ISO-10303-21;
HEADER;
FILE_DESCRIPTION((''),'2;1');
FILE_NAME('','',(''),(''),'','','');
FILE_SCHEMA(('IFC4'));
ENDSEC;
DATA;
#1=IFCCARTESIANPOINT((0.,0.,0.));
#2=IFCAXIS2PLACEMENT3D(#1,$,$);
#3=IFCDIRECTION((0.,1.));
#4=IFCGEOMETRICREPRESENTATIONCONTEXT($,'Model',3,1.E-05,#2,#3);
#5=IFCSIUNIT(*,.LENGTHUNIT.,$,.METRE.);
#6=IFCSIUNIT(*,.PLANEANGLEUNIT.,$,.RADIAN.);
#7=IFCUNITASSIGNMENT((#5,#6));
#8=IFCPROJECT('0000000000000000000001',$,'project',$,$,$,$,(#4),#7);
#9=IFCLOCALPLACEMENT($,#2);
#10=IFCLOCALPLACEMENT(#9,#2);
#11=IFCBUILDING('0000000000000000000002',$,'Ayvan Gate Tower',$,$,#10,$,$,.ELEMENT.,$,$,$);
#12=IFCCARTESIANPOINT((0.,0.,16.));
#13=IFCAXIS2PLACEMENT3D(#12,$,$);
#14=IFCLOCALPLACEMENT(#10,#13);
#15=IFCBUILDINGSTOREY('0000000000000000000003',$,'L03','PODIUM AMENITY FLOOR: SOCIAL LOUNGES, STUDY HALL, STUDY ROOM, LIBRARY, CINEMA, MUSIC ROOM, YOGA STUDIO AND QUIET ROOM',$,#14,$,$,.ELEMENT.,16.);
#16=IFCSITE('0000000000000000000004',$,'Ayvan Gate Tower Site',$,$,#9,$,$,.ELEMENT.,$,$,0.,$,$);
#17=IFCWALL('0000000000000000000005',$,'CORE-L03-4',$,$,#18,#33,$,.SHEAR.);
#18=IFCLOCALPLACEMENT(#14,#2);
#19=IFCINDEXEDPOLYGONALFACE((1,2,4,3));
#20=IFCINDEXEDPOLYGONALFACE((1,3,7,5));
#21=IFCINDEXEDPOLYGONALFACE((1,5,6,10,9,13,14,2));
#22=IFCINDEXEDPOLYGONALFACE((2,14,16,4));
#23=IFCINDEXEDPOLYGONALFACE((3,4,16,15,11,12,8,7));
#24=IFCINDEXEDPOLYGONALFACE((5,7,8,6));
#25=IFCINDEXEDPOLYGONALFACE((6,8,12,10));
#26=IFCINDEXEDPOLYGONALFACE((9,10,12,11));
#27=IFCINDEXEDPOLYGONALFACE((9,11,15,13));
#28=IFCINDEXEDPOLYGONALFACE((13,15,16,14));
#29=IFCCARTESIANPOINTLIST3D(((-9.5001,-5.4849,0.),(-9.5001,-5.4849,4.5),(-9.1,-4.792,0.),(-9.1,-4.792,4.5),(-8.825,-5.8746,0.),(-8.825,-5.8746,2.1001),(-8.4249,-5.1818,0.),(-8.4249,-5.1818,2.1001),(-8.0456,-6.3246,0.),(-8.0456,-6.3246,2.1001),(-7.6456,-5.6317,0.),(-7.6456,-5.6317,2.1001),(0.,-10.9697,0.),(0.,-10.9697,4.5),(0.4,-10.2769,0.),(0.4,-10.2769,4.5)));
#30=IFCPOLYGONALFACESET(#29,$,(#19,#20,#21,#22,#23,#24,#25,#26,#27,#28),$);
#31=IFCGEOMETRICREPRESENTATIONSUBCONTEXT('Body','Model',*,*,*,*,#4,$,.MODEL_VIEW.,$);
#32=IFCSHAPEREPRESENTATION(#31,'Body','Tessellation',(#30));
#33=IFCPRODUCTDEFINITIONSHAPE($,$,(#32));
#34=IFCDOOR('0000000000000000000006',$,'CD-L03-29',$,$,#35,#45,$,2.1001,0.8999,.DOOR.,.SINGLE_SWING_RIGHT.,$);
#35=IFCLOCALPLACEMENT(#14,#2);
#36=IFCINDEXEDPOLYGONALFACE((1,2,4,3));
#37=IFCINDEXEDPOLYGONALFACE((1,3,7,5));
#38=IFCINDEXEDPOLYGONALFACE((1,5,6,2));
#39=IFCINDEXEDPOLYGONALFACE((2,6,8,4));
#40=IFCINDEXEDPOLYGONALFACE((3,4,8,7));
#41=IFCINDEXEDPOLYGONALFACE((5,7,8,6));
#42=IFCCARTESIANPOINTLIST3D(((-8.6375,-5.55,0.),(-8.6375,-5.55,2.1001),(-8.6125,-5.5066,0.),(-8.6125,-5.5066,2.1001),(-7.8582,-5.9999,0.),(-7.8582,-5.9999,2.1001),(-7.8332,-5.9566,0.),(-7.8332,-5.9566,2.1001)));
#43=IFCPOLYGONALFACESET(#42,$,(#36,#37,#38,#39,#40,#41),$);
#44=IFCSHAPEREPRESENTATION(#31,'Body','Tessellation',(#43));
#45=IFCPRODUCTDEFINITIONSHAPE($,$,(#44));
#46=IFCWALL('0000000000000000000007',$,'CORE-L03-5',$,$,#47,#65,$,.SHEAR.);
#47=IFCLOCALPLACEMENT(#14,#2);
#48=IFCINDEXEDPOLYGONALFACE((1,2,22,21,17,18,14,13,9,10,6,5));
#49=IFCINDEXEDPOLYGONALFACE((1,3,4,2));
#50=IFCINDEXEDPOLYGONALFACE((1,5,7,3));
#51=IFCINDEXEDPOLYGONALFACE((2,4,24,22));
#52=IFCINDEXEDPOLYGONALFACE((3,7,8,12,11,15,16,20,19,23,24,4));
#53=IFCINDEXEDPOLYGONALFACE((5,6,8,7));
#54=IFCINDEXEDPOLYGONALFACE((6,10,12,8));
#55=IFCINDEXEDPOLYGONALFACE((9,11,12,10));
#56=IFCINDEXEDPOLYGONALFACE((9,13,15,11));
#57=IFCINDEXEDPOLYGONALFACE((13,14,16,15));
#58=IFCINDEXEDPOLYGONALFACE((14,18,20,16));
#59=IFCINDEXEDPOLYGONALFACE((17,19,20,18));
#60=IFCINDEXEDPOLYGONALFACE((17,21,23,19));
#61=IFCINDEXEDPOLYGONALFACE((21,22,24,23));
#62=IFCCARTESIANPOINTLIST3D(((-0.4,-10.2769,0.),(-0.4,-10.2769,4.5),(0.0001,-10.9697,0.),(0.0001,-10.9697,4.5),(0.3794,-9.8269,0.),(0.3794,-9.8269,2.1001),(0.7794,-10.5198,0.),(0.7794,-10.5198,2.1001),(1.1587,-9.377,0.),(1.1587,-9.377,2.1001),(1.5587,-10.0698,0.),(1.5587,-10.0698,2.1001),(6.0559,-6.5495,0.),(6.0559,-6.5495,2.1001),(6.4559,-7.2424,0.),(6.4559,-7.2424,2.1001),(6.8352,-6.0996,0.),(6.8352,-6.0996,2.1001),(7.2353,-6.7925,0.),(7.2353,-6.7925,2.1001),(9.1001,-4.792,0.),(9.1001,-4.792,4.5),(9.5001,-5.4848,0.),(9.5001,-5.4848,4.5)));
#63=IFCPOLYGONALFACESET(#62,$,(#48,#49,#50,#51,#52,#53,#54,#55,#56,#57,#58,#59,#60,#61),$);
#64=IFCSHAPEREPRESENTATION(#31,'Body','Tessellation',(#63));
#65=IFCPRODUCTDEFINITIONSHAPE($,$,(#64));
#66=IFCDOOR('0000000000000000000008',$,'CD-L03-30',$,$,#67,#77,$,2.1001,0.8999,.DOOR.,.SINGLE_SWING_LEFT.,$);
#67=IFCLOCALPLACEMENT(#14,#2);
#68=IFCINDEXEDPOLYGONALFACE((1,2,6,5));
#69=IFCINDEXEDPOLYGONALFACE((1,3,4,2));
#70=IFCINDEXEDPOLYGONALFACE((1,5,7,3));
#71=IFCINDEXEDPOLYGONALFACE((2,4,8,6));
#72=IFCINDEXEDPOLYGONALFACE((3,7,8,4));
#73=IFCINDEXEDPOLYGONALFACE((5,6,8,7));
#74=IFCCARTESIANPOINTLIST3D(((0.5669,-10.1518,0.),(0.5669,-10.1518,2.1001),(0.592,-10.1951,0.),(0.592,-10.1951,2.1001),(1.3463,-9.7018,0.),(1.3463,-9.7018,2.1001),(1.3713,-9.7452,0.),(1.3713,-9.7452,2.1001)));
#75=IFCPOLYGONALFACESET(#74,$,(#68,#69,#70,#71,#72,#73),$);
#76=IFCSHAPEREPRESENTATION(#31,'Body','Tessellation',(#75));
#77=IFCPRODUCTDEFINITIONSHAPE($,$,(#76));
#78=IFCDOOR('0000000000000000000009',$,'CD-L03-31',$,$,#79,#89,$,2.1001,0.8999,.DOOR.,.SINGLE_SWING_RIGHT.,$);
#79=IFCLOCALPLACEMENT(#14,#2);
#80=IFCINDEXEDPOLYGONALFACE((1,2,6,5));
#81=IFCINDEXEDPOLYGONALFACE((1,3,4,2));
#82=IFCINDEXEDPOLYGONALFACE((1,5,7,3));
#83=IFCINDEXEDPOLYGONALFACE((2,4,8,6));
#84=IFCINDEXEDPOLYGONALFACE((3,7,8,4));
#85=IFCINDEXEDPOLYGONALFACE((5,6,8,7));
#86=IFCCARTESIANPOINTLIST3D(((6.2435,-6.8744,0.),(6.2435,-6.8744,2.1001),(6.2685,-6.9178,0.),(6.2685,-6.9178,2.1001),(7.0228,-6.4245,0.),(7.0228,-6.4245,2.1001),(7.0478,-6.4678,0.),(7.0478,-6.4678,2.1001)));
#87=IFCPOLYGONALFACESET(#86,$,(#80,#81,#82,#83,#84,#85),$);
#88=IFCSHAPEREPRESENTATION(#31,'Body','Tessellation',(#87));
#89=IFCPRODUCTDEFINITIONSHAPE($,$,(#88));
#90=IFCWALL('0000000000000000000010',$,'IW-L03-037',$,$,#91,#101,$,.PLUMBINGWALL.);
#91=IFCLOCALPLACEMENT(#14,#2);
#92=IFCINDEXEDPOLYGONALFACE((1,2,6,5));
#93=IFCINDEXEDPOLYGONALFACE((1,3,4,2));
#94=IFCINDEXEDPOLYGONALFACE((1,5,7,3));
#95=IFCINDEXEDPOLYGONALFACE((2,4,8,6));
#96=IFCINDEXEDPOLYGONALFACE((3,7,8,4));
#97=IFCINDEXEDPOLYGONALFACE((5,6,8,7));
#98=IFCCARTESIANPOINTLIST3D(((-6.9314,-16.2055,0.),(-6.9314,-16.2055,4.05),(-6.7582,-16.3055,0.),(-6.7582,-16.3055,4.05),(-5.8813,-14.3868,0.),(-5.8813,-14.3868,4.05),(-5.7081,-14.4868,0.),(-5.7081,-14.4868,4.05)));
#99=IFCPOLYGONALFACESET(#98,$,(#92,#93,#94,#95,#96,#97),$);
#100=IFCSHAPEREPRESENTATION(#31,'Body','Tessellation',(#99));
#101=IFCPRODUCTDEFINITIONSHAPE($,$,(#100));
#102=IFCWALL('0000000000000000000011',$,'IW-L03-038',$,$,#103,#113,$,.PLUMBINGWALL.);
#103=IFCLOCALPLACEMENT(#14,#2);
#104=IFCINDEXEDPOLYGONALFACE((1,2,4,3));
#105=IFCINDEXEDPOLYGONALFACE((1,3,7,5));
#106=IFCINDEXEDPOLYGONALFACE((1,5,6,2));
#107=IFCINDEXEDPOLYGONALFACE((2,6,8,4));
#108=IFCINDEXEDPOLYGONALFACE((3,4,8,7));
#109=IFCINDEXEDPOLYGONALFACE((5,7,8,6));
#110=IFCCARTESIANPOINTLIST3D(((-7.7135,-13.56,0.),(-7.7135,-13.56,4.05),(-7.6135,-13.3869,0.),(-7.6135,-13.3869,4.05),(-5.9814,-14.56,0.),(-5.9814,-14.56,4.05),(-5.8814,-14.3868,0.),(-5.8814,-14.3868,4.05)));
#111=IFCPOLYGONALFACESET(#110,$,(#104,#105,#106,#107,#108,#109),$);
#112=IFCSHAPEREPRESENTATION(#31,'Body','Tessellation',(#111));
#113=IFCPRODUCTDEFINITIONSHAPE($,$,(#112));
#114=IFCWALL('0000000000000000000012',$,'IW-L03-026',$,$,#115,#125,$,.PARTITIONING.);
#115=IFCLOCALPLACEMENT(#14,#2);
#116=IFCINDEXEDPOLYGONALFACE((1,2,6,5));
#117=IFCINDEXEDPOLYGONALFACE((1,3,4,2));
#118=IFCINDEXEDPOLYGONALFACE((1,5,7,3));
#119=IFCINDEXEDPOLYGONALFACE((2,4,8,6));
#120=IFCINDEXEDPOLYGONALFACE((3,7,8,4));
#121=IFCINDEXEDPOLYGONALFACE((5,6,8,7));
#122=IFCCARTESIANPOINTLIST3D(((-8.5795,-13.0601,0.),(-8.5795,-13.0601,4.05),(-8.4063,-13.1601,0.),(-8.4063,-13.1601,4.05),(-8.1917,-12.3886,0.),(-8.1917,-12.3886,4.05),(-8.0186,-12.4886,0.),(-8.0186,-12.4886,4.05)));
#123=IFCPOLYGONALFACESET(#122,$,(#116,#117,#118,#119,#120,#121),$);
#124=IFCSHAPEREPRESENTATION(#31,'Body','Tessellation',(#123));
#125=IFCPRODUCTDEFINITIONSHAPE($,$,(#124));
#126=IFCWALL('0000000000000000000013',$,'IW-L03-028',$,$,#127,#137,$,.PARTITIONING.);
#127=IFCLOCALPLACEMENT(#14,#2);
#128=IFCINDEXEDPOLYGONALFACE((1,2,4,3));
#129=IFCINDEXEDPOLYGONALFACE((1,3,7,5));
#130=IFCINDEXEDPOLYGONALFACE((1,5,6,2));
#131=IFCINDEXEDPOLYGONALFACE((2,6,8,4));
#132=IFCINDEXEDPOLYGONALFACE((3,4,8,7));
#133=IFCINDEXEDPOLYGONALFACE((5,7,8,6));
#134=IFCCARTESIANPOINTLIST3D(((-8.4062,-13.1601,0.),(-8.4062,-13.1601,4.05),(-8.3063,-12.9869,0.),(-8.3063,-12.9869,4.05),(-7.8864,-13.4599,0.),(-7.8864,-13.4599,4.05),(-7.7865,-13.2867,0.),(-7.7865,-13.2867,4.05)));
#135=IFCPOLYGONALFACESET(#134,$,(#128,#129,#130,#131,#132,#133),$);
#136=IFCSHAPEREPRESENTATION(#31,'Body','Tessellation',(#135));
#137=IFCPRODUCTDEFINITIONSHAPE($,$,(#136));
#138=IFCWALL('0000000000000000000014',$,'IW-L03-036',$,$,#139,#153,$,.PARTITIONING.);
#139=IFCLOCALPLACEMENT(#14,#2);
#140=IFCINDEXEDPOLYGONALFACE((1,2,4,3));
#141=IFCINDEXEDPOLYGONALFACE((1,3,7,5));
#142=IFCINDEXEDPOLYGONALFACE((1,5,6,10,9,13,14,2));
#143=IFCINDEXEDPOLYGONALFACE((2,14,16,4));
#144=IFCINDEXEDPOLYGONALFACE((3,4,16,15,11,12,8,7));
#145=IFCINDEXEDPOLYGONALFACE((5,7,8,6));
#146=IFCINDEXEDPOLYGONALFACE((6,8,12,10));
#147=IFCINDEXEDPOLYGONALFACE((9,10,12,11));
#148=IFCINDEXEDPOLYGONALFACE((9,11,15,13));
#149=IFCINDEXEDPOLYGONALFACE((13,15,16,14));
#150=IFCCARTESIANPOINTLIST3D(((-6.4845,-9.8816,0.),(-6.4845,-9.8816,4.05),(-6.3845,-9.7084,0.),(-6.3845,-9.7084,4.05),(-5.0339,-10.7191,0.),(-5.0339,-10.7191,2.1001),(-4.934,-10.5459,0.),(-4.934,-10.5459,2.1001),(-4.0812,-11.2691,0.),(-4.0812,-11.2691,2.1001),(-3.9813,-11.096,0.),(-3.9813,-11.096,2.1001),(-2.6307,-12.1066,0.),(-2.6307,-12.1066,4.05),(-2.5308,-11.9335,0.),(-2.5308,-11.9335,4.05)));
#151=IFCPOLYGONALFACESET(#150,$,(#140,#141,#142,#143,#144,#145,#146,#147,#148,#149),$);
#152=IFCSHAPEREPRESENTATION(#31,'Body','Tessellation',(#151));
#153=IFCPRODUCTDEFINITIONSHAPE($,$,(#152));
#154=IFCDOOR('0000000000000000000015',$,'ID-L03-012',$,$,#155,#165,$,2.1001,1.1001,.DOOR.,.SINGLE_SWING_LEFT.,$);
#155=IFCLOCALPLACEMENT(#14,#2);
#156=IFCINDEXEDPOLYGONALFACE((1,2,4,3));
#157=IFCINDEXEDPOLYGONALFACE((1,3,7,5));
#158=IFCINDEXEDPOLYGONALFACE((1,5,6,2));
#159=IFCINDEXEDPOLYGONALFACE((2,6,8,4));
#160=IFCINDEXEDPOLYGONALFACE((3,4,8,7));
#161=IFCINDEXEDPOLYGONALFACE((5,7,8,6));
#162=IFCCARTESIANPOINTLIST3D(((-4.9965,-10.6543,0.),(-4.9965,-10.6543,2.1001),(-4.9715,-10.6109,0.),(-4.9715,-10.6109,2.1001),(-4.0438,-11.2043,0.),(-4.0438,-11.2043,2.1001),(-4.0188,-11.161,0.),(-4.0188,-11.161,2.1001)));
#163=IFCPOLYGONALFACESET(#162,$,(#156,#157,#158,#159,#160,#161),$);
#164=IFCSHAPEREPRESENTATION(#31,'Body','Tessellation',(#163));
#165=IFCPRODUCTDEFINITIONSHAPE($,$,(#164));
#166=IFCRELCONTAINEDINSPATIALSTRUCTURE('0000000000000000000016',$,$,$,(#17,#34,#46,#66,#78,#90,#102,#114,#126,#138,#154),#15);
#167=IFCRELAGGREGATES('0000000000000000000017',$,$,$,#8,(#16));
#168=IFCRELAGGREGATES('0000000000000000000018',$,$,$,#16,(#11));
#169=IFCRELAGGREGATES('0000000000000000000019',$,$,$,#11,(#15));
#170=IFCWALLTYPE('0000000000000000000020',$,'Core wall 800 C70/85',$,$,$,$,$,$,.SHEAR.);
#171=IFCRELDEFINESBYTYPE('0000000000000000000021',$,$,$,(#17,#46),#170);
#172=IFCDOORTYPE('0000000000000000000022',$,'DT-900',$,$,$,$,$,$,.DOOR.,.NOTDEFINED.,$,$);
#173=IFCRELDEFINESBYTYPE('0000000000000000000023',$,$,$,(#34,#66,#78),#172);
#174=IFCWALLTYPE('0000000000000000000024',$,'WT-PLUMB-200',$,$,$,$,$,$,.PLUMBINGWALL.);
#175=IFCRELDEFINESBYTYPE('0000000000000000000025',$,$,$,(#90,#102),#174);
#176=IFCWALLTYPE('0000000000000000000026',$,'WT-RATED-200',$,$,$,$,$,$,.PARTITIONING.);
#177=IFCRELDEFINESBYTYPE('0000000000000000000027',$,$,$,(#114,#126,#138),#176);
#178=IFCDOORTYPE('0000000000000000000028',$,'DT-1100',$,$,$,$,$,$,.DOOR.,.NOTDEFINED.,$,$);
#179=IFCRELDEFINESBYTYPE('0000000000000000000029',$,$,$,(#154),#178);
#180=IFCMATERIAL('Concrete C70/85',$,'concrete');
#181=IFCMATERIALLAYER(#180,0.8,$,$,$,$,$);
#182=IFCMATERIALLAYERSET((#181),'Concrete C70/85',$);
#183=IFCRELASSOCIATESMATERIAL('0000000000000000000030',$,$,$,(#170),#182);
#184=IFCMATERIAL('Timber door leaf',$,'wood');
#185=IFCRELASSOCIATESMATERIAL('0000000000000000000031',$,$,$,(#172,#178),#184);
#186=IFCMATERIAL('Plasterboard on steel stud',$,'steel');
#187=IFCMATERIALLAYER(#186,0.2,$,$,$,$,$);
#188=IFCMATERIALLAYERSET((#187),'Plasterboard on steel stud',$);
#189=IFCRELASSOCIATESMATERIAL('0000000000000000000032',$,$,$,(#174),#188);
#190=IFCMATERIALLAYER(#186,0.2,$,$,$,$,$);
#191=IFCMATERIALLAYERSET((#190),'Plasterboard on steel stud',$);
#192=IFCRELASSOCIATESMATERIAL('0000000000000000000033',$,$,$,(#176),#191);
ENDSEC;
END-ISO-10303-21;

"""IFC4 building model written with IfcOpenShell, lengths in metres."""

from ifc_helpers import new_model, si_unit, direction, frame, frame_2d, origin, place, context, subcontext, project, spatial, rectangle, extrude, material, layer, layer_set, type_object, element, fill, save


model = new_model("IFC4")

# Units and contexts
model_context = context("Model", 3, precision=1e-05, world=origin(), true_north=direction((0.0, 1.0)))
body_context = subcontext(model_context, "Body", "Model", "MODEL_VIEW")
ifc_project = project(units=[si_unit("LENGTHUNIT", "METRE"), si_unit("PLANEANGLEUNIT", "RADIAN")], contexts=[model_context])

# Site, building, storey
site_placement = place(None, origin())
site = spatial("IfcSite", under=ifc_project, at=site_placement, Name="Ayvan Gate Tower Site", CompositionType="ELEMENT", RefElevation=0.0)
building_placement = place(site_placement, origin())
building = spatial("IfcBuilding", under=site, at=building_placement, Name="Ayvan Gate Tower", CompositionType="ELEMENT")
storey_placement = place(building_placement, frame((0.0, 0.0, 16.0)))
storey = spatial("IfcBuildingStorey", under=building, at=storey_placement, Name="L03", Description="PODIUM AMENITY FLOOR: SOCIAL LOUNGES, STUDY HALL, STUDY ROOM, LIBRARY, CINEMA, MUSIC ROOM, YOGA STUDIO AND QUIET ROOM", CompositionType="ELEMENT", Elevation=16.0)

# Wall, opening, door
ifc_material_1 = material(Name="Concrete C70/85", Category="concrete")
ifc_layer_1 = layer(ifc_material_1, 0.8)
ifc_layer_set_1 = layer_set([ifc_layer_1], Name="Concrete C70/85")
wall_type_1 = type_object("IfcWallType", Name="Core wall 800 C70/85", PredefinedType="SHEAR", material=ifc_layer_set_1)
wall_1_placement = place(storey_placement, frame((-9.3, -5.1384, 0.0), z_axis=(0.0, 0.0, 1.0), x_axis=(0.866024, -0.500002, 0.0)))
wall_1 = element("IfcWall", 1, at=wall_1_placement, inside=storey, type_object=wall_type_1, Name="CORE-L03-4", PredefinedType="SHEAR", context=body_context, shape_type="SweptSolid", body=[
    extrude(rectangle(XDim=10.9697, YDim=0.8, at=frame_2d((5.4849, 0.0))), origin(), (0.0, 0.0, 1.0), 4.5),
])
opening_1_placement = place(wall_1_placement, frame((0.7795, 0.0, 0.0)))
opening_1 = element("IfcOpeningElement", 2, at=opening_1_placement, cuts=wall_1, PredefinedType="OPENING", context=body_context, shape_type="SweptSolid", body=[
    extrude(rectangle(XDim=0.8999, YDim=2.1001, at=frame_2d((0.45, 1.05))), frame((0.0, 0.4099, 0.0), z_axis=(0.0, -1.0, 0.0), x_axis=(1.0, 0.0, 0.0)), (0.0, 0.0, 1.0), 0.8201),
])
ifc_material_2 = material(Name="Timber door leaf", Category="wood")
door_type_1 = type_object("IfcDoorType", Name="DT-900", OperationType="NOTDEFINED", PredefinedType="DOOR", material=ifc_material_2)
door_1_placement = place(opening_1_placement, origin())
door_1 = element("IfcDoor", 3, at=door_1_placement, inside=storey, type_object=door_type_1, Name="CD-L03-29", OperationType="SINGLE_SWING_RIGHT", OverallHeight=2.1001, OverallWidth=0.8999, PredefinedType="DOOR", context=body_context, shape_type="SweptSolid", body=[
    extrude(rectangle(XDim=0.8999, YDim=2.1001, at=frame_2d((0.45, 1.05))), frame((0.0, 0.0249, 0.0), z_axis=(0.0, -1.0, 0.0), x_axis=(1.0, 0.0, 0.0)), (0.0, 0.0, 1.0), 0.05),
])
fill(opening_1, door_1)

# Wall, openings, doors
wall_2_placement = place(storey_placement, frame((-0.2, -10.6233, 0.0), z_axis=(0.0, 0.0, 1.0), x_axis=(0.866024, 0.500002, 0.0)))
wall_2 = element("IfcWall", 4, at=wall_2_placement, inside=storey, type_object=wall_type_1, Name="CORE-L03-5", PredefinedType="SHEAR", context=body_context, shape_type="SweptSolid", body=[
    extrude(rectangle(XDim=10.9697, YDim=0.8, at=frame_2d((5.4849, 0.0))), origin(), (0.0, 0.0, 1.0), 4.5),
])
opening_2_placement = place(wall_2_placement, frame((0.8999, 0.0, 0.0)))
opening_2 = element("IfcOpeningElement", 5, at=opening_2_placement, cuts=wall_2, PredefinedType="OPENING", context=body_context, shape_type="SweptSolid", body=[
    extrude(rectangle(XDim=0.8999, YDim=2.1001, at=frame_2d((0.45, 1.05))), frame((0.0, 0.4099, 0.0), z_axis=(0.0, -1.0, 0.0), x_axis=(1.0, 0.0, 0.0)), (0.0, 0.0, 1.0), 0.8201),
])
opening_3_placement = place(wall_2_placement, frame((7.4546, 0.0, 0.0)))
opening_3 = element("IfcOpeningElement", 6, at=opening_3_placement, cuts=wall_2, PredefinedType="OPENING", context=body_context, shape_type="SweptSolid", body=[
    extrude(rectangle(XDim=0.8999, YDim=2.1001, at=frame_2d((0.45, 1.05))), frame((0.0, 0.4099, 0.0), z_axis=(0.0, -1.0, 0.0), x_axis=(1.0, 0.0, 0.0)), (0.0, 0.0, 1.0), 0.8201),
])
door_2_placement = place(opening_2_placement, origin())
door_2 = element("IfcDoor", 7, at=door_2_placement, inside=storey, type_object=door_type_1, Name="CD-L03-30", OperationType="SINGLE_SWING_LEFT", OverallHeight=2.1001, OverallWidth=0.8999, PredefinedType="DOOR", context=body_context, shape_type="SweptSolid", body=[
    extrude(rectangle(XDim=0.8999, YDim=2.1001, at=frame_2d((0.45, 1.05))), frame((0.0, 0.0249, 0.0), z_axis=(0.0, -1.0, 0.0), x_axis=(1.0, 0.0, 0.0)), (0.0, 0.0, 1.0), 0.05),
])
fill(opening_2, door_2)
door_3_placement = place(opening_3_placement, origin())
door_3 = element("IfcDoor", 8, at=door_3_placement, inside=storey, type_object=door_type_1, Name="CD-L03-31", OperationType="SINGLE_SWING_RIGHT", OverallHeight=2.1001, OverallWidth=0.8999, PredefinedType="DOOR", context=body_context, shape_type="SweptSolid", body=[
    extrude(rectangle(XDim=0.8999, YDim=2.1001, at=frame_2d((0.45, 1.05))), frame((0.0, 0.0249, 0.0), z_axis=(0.0, -1.0, 0.0), x_axis=(1.0, 0.0, 0.0)), (0.0, 0.0, 1.0), 0.05),
])
fill(opening_3, door_3)

# Walls
ifc_material_3 = material(Name="Plasterboard on steel stud", Category="steel")
ifc_layer_2 = layer(ifc_material_3, 0.2)
ifc_layer_set_2 = layer_set([ifc_layer_2], Name="Plasterboard on steel stud")
wall_type_2 = type_object("IfcWallType", Name="WT-PLUMB-200", PredefinedType="PLUMBINGWALL", material=ifc_layer_set_2)
wall_3_placement = place(storey_placement, frame((-5.7947, -14.4368, 0.0), z_axis=(0.0, 0.0, 1.0), x_axis=(-0.500028, -0.866009, 0.0)))
element("IfcWall", 9, at=wall_3_placement, inside=storey, type_object=wall_type_2, Name="IW-L03-037", PredefinedType="PLUMBINGWALL", context=body_context, shape_type="SweptSolid", body=[
    extrude(rectangle(XDim=2.1001, YDim=0.2, at=frame_2d((1.05, 0.0))), origin(), (0.0, 0.0, 1.0), 4.05),
])
wall_4_placement = place(storey_placement, frame((-5.9314, -14.4734, 0.0), z_axis=(0.0, 0.0, 1.0), x_axis=(-0.866041, 0.499973, 0.0)))
element("IfcWall", 10, at=wall_4_placement, inside=storey, type_object=wall_type_2, Name="IW-L03-038", PredefinedType="PLUMBINGWALL", context=body_context, shape_type="SweptSolid", body=[
    extrude(rectangle(XDim=2.0, YDim=0.2, at=frame_2d((1.0, 0.0))), origin(), (0.0, 0.0, 1.0), 4.05),
])
ifc_layer_3 = layer(ifc_material_3, 0.2)
ifc_layer_set_3 = layer_set([ifc_layer_3], Name="Plasterboard on steel stud")
wall_type_3 = type_object("IfcWallType", Name="WT-RATED-200", PredefinedType="PARTITIONING", material=ifc_layer_set_3)
wall_5_placement = place(storey_placement, frame((-8.4929, -13.1101, 0.0), z_axis=(0.0, 0.0, 1.0), x_axis=(0.500068, 0.865986, 0.0)))
element("IfcWall", 11, at=wall_5_placement, inside=storey, type_object=wall_type_3, Name="IW-L03-026", PredefinedType="PARTITIONING", context=body_context, shape_type="SweptSolid", body=[
    extrude(rectangle(XDim=0.7754, YDim=0.2, at=frame_2d((0.3877, 0.0))), origin(), (0.0, 0.0, 1.0), 4.05),
])
wall_6_placement = place(storey_placement, frame((-7.8364, -13.3733, 0.0), z_axis=(0.0, 0.0, 1.0), x_axis=(-0.866233, 0.49964, 0.0)))
element("IfcWall", 12, at=wall_6_placement, inside=storey, type_object=wall_type_3, Name="IW-L03-028", PredefinedType="PARTITIONING", context=body_context, shape_type="SweptSolid", body=[
    extrude(rectangle(XDim=0.6001, YDim=0.2, at=frame_2d((0.3, 0.0))), origin(), (0.0, 0.0, 1.0), 4.05),
])

# Wall, opening, door
wall_7_placement = place(storey_placement, frame((-6.4346, -9.7949, 0.0), z_axis=(0.0, 0.0, 1.0), x_axis=(0.866013, -0.500022, 0.0)))
wall_7 = element("IfcWall", 13, at=wall_7_placement, inside=storey, type_object=wall_type_3, Name="IW-L03-036", PredefinedType="PARTITIONING", context=body_context, shape_type="SweptSolid", body=[
    extrude(rectangle(XDim=4.45, YDim=0.2, at=frame_2d((2.2251, 0.0))), origin(), (0.0, 0.0, 1.0), 4.05),
])
opening_4_placement = place(wall_7_placement, frame((1.675, 0.0, 0.0)))
opening_4 = element("IfcOpeningElement", 14, at=opening_4_placement, cuts=wall_7, PredefinedType="OPENING", context=body_context, shape_type="SweptSolid", body=[
    extrude(rectangle(XDim=1.1001, YDim=2.1001, at=frame_2d((0.55, 1.05))), frame((0.0, 0.1099, 0.0), z_axis=(0.0, -1.0, 0.0), x_axis=(1.0, 0.0, 0.0)), (0.0, 0.0, 1.0), 0.22),
])
door_type_2 = type_object("IfcDoorType", Name="DT-1100", OperationType="NOTDEFINED", PredefinedType="DOOR", material=ifc_material_2)
door_4_placement = place(opening_4_placement, origin())
door_4 = element("IfcDoor", 15, at=door_4_placement, inside=storey, type_object=door_type_2, Name="ID-L03-012", OperationType="SINGLE_SWING_LEFT", OverallHeight=2.1001, OverallWidth=1.1001, PredefinedType="DOOR", context=body_context, shape_type="SweptSolid", body=[
    extrude(rectangle(XDim=1.1001, YDim=2.1001, at=frame_2d((0.55, 1.05))), frame((0.0, 0.0249, 0.0), z_axis=(0.0, -1.0, 0.0), x_axis=(1.0, 0.0, 0.0)), (0.0, 0.0, 1.0), 0.05),
])
fill(opening_4, door_4)

save(model, "model.ifc")
